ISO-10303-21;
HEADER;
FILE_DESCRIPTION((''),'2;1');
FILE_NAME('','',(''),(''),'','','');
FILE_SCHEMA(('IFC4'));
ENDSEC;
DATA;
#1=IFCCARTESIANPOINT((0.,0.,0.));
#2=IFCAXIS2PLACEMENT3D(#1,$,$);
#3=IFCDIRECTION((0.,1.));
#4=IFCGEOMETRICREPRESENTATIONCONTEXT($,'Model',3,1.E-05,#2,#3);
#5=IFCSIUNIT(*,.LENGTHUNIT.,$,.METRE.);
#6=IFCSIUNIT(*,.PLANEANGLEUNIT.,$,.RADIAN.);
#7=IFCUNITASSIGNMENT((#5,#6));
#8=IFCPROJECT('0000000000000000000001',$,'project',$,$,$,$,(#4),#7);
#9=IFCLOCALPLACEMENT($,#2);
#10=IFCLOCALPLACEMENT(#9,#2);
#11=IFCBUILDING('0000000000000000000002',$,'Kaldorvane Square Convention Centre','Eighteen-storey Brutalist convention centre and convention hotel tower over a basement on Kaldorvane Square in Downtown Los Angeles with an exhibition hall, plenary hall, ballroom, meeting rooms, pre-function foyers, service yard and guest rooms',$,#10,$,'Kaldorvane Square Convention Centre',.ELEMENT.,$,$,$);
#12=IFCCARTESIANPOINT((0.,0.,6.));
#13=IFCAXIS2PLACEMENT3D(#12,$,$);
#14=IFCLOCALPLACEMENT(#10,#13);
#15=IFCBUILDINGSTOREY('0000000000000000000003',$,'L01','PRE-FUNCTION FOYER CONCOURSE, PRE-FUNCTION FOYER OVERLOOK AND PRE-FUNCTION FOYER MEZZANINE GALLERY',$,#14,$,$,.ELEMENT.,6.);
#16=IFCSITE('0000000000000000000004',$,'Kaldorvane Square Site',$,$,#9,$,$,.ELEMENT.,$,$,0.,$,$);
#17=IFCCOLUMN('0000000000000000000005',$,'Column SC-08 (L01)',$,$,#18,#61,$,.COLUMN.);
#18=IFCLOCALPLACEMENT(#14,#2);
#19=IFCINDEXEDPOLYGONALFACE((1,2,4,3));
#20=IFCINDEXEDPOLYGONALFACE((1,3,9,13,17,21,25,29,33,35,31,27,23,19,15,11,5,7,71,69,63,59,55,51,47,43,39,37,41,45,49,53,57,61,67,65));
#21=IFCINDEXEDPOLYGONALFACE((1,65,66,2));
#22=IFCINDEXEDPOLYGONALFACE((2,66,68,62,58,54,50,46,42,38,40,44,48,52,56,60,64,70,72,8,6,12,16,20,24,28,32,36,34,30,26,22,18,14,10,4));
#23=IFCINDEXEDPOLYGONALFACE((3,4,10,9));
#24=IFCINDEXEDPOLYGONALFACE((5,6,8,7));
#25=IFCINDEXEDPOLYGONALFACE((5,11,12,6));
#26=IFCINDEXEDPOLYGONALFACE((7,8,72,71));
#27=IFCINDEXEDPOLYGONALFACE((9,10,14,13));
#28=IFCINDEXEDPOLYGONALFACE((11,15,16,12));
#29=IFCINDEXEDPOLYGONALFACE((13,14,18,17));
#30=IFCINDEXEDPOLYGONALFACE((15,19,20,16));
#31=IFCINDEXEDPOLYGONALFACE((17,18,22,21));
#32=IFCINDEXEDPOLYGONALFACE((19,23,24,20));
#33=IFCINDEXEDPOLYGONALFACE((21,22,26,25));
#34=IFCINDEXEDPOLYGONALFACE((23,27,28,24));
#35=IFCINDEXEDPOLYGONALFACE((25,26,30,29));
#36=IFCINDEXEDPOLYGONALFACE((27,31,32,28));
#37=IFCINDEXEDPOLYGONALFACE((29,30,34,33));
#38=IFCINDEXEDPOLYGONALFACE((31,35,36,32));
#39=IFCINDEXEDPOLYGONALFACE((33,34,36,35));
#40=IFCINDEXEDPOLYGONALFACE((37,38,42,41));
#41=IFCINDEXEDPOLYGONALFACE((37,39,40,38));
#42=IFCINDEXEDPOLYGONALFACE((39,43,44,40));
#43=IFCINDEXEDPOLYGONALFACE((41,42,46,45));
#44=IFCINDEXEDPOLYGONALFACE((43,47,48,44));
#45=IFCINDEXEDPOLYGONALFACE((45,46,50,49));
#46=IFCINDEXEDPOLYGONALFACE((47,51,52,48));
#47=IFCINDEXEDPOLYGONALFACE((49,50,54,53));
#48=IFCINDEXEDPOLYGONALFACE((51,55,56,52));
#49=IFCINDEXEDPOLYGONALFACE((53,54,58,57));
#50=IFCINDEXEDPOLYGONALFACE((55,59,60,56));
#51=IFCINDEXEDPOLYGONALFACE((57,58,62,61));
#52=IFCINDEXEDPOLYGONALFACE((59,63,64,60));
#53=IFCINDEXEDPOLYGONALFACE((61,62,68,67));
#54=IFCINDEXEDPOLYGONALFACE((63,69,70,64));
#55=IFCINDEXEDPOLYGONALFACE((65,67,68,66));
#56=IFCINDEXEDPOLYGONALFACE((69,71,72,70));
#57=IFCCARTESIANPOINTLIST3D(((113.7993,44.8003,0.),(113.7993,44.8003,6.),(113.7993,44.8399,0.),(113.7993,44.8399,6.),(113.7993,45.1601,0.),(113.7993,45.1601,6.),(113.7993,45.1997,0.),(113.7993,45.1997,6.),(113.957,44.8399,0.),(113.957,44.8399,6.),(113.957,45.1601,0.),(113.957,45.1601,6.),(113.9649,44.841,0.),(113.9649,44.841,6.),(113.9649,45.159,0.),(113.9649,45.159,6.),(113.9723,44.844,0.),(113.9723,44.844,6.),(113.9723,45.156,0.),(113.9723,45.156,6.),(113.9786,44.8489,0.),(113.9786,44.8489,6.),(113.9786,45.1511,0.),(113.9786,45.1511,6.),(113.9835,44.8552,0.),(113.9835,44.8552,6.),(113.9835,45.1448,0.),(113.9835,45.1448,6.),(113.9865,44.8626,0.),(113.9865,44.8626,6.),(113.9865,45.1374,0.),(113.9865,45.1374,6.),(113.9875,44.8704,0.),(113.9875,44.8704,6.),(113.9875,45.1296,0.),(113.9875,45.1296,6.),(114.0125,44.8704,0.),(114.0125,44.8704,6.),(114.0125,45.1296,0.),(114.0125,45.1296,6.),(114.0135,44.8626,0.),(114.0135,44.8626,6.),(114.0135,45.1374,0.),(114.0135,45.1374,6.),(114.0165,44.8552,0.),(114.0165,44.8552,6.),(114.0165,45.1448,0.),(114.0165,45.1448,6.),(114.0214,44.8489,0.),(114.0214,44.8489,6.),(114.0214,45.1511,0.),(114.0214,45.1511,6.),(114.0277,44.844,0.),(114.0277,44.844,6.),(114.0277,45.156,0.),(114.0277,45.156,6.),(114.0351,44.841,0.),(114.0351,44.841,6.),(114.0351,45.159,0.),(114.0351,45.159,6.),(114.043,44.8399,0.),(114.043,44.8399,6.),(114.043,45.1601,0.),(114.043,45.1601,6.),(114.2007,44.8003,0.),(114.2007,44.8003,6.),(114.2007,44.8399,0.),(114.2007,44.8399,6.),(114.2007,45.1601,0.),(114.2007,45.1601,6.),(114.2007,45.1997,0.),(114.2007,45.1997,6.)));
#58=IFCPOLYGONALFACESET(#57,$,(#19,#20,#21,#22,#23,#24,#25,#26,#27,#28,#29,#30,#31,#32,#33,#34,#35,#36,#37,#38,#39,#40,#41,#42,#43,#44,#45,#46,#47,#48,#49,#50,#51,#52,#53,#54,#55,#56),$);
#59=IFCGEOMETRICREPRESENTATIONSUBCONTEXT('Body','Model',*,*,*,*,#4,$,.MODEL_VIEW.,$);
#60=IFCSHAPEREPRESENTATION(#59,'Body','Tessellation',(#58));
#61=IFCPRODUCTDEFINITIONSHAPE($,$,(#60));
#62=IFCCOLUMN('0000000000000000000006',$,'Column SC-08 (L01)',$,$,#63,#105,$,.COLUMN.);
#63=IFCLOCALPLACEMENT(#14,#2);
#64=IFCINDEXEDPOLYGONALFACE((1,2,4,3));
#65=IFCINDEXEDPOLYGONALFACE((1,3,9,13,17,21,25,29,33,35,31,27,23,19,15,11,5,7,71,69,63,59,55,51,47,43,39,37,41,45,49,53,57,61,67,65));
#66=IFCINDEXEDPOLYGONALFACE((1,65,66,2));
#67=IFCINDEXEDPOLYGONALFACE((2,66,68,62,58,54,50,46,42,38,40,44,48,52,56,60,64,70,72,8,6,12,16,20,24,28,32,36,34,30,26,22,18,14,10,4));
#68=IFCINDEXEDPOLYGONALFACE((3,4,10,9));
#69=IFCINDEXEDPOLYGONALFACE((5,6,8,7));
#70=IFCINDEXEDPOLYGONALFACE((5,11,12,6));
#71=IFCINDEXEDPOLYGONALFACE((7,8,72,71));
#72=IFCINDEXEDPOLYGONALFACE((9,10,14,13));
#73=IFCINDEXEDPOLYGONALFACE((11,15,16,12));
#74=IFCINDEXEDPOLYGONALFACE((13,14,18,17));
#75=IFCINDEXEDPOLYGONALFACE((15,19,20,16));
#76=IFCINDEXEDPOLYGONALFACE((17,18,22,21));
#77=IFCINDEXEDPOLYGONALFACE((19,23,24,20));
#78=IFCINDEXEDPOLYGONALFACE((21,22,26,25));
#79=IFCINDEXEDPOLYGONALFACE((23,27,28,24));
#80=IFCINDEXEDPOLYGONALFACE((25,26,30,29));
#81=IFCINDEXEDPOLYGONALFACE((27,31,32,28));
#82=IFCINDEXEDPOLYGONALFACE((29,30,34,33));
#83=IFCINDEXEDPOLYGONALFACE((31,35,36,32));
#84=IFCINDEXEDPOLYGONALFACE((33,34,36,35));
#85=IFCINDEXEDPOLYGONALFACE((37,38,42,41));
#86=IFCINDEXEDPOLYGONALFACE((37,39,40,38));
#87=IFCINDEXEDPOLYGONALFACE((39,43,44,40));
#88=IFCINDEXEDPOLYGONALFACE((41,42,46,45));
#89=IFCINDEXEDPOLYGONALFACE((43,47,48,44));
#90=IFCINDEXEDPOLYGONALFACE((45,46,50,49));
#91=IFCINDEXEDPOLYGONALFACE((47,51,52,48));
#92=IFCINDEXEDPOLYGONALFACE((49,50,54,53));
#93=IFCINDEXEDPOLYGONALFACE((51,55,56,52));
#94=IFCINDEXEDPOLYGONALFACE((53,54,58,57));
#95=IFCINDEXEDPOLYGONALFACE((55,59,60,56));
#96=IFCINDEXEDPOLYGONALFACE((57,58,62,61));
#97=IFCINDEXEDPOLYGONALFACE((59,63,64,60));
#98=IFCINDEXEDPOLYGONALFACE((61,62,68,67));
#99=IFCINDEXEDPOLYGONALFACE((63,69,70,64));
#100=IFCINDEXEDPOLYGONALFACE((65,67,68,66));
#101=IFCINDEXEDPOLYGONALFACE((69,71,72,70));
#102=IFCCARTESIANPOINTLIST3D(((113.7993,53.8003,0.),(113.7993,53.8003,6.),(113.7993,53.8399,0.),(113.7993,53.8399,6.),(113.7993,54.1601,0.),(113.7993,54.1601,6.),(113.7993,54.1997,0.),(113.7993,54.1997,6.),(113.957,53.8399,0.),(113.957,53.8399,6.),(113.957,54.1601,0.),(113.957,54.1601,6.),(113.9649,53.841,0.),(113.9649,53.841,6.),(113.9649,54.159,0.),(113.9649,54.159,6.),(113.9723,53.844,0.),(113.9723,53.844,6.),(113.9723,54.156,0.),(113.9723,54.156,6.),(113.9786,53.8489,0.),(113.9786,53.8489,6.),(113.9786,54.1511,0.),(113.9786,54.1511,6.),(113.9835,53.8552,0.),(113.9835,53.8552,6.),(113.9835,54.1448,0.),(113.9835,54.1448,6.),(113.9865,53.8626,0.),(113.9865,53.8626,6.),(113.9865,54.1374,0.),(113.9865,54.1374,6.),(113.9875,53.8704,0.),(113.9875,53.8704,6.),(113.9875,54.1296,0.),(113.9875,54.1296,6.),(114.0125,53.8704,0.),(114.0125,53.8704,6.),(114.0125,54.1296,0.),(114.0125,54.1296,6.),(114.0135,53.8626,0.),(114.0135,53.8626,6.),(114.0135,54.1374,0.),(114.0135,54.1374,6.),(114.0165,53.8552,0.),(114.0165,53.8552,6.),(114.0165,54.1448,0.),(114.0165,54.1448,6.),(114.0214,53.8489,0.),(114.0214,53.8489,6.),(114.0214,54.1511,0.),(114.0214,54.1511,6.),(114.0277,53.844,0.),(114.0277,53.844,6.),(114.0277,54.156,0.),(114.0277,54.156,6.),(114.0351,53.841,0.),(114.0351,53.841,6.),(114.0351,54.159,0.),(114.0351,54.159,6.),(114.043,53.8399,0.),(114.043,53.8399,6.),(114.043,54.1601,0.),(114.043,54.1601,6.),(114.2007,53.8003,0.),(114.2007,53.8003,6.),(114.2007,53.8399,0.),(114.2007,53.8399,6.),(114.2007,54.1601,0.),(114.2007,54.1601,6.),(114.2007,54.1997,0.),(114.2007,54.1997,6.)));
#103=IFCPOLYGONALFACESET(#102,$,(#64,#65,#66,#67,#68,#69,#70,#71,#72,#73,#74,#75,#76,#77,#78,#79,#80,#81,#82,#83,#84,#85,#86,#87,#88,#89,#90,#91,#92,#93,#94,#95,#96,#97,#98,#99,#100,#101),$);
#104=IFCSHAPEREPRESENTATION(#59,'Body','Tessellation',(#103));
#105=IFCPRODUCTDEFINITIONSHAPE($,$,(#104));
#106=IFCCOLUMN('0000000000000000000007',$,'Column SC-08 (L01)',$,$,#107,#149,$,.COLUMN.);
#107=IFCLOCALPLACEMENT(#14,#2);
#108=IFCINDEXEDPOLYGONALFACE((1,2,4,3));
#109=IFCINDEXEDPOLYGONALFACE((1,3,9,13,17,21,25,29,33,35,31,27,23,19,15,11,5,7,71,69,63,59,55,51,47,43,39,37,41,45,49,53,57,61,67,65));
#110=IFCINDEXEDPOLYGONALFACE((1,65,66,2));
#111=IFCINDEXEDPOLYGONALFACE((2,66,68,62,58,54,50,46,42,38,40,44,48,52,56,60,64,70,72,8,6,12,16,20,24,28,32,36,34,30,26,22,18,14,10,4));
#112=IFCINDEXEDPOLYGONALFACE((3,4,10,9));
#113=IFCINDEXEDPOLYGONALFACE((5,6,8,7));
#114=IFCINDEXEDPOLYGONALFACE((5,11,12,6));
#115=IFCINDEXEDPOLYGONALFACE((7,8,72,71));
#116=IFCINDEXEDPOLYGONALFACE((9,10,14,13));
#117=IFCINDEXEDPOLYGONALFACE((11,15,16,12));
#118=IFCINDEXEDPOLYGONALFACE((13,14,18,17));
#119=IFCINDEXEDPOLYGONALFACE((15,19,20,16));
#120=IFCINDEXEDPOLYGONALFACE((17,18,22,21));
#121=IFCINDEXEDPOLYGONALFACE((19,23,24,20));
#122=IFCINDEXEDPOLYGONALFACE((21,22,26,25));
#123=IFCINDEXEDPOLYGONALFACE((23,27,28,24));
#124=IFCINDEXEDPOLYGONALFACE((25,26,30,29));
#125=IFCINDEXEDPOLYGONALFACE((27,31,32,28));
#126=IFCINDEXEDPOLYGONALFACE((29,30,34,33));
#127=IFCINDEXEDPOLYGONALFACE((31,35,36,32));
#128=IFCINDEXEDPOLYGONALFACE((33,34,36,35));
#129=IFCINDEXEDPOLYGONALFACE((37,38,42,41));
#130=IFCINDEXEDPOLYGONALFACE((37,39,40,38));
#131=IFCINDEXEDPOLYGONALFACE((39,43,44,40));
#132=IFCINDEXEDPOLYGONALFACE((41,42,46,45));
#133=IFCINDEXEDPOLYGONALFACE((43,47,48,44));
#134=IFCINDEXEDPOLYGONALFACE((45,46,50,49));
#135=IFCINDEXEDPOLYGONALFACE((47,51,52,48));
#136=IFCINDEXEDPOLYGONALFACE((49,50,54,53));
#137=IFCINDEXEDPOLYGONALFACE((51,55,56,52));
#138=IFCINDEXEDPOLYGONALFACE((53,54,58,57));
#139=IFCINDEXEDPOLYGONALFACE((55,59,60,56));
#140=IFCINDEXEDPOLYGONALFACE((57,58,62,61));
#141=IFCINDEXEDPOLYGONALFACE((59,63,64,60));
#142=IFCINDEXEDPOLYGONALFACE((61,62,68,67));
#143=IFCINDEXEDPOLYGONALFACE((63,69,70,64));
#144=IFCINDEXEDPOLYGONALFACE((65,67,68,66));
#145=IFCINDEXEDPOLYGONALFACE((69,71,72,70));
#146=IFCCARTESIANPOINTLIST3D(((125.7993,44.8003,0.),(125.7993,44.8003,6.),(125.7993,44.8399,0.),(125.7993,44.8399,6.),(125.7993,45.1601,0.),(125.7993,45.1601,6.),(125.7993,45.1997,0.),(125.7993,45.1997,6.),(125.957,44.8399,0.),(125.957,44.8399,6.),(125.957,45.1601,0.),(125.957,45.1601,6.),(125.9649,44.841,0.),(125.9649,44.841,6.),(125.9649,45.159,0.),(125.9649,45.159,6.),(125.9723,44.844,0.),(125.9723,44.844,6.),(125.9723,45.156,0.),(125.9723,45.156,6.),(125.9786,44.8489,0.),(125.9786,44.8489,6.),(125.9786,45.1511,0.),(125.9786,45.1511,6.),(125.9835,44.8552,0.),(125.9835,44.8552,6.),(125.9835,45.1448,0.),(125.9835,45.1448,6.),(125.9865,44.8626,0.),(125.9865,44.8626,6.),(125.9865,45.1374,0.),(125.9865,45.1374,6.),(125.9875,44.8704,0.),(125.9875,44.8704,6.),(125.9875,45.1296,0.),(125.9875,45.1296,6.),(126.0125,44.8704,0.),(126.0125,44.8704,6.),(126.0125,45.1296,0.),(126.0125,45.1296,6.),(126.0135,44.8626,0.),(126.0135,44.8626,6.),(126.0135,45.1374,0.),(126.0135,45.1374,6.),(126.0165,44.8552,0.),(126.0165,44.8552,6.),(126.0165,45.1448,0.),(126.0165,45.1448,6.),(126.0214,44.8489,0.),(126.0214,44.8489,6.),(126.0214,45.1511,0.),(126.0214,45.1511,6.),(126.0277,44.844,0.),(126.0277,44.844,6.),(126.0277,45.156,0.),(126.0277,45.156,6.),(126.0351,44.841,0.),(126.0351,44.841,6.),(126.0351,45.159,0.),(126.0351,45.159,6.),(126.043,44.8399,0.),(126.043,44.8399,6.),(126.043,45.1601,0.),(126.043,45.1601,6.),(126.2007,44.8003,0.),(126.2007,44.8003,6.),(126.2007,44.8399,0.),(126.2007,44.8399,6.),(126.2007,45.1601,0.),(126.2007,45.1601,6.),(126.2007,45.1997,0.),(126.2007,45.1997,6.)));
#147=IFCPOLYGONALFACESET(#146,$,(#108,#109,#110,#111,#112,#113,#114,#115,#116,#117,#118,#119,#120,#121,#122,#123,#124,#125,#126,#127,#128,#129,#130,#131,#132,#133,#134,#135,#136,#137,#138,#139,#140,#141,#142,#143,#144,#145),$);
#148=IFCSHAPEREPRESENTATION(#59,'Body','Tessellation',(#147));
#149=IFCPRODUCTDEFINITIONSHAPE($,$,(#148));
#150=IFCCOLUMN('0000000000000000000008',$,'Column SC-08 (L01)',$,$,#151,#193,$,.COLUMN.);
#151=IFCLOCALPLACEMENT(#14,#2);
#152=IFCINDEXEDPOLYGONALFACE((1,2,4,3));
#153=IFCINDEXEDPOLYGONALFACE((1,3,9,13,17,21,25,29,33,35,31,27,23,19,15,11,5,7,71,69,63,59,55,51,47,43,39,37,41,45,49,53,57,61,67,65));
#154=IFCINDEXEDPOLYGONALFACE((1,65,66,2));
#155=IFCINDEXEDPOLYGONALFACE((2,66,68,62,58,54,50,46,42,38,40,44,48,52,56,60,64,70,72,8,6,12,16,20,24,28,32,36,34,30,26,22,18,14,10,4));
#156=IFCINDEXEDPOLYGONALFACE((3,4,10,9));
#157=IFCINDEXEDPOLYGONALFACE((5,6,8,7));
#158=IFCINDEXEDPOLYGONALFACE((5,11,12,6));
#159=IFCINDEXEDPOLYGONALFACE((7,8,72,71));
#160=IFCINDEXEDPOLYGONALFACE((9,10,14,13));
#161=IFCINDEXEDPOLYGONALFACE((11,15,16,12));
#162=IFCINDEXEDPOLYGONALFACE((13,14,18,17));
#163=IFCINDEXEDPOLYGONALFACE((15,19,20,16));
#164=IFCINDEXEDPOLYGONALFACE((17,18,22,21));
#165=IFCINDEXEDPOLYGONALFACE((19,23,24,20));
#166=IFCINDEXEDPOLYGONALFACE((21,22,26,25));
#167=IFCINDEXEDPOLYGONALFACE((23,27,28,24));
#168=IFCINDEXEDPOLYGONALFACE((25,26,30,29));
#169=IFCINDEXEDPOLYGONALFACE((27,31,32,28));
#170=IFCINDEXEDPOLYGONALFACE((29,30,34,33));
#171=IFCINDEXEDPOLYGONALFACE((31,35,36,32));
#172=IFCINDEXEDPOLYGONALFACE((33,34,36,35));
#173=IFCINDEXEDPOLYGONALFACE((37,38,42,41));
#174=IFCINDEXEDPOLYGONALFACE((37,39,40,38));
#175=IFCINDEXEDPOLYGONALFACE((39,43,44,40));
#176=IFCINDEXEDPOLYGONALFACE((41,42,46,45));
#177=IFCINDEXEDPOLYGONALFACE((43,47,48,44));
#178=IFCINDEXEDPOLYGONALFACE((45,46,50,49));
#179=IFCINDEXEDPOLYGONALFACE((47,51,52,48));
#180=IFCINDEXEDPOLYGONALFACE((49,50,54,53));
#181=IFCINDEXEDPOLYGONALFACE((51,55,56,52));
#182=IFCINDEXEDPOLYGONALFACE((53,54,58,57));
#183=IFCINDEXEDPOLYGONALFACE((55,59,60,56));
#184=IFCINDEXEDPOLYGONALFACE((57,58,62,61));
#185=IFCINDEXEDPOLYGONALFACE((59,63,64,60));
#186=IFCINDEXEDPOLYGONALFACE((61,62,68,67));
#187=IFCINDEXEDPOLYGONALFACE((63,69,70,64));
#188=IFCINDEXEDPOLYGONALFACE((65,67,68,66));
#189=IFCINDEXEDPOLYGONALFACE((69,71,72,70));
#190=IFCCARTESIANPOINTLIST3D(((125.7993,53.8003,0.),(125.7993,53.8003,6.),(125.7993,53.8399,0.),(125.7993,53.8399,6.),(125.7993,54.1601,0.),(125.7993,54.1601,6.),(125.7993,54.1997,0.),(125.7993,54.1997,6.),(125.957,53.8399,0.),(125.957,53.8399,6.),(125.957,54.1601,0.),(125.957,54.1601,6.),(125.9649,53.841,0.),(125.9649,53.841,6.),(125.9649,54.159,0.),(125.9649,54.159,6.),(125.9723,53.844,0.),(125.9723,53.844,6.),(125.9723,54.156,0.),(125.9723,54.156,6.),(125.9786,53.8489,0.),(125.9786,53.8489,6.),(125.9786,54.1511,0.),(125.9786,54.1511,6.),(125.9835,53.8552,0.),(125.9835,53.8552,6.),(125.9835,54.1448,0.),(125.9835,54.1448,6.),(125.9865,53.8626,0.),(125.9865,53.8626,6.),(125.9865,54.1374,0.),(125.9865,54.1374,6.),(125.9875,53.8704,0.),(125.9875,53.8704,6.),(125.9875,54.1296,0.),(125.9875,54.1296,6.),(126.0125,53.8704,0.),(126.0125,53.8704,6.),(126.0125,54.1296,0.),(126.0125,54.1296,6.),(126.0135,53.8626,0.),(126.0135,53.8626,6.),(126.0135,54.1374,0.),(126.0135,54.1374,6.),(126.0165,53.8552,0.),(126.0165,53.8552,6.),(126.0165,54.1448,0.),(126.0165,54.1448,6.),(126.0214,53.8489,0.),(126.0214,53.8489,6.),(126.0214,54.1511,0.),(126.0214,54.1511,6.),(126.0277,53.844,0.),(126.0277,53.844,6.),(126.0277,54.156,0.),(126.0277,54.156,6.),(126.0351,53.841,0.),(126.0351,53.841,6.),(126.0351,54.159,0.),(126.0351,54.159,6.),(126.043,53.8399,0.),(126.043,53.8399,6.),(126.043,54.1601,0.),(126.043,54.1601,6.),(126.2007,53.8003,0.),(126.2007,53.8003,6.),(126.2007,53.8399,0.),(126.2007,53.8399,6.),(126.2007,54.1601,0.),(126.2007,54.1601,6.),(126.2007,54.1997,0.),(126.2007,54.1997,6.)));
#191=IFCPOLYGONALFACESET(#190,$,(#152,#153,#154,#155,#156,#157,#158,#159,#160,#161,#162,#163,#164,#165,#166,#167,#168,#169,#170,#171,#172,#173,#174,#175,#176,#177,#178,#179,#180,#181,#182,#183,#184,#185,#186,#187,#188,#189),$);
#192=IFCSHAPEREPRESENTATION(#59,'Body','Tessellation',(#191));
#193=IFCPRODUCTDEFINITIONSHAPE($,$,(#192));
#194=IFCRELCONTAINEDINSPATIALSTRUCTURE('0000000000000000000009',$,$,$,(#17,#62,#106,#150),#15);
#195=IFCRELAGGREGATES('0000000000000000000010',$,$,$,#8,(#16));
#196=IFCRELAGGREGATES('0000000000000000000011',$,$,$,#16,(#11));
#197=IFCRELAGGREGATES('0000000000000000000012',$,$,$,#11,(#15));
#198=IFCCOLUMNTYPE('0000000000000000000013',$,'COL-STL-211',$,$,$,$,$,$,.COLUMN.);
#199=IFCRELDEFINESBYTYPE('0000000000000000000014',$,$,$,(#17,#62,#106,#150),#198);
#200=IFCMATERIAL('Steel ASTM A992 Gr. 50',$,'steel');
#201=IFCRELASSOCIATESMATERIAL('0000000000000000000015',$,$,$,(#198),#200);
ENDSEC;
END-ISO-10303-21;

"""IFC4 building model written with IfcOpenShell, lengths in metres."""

from ifc_helpers import new_model, si_unit, direction, frame, origin, origin_2d, place, context, subcontext, project, spatial, i_section, extrude, material, material_profile, profile_set, type_object, element, save


model = new_model("IFC4")

# Units and contexts
model_context = context("Model", 3, precision=1e-05, world=origin(), true_north=direction((0.0, 1.0)))
body_context = subcontext(model_context, "Body", "Model", "MODEL_VIEW")
ifc_project = project(units=[si_unit("LENGTHUNIT", "METRE"), si_unit("PLANEANGLEUNIT", "RADIAN")], contexts=[model_context])

# Site, building, storey
site_placement = place(None, origin())
site = spatial("IfcSite", under=ifc_project, at=site_placement, Name="Kaldorvane Square Site", CompositionType="ELEMENT", RefElevation=0.0)
building_placement = place(site_placement, origin())
building = spatial("IfcBuilding", under=site, at=building_placement, Name="Kaldorvane Square Convention Centre", Description="Eighteen-storey Brutalist convention centre and convention hotel tower over a basement on Kaldorvane Square in Downtown Los Angeles with an exhibition hall, plenary hall, ballroom, meeting rooms, pre-function foyers, service yard and guest rooms", LongName="Kaldorvane Square Convention Centre", CompositionType="ELEMENT")
storey_placement = place(building_placement, frame((0.0, 0.0, 6.0)))
storey = spatial("IfcBuildingStorey", under=building, at=storey_placement, Name="L01", Description="PRE-FUNCTION FOYER CONCOURSE, PRE-FUNCTION FOYER OVERLOOK AND PRE-FUNCTION FOYER MEZZANINE GALLERY", CompositionType="ELEMENT", Elevation=6.0)

# Columns
ifc_material_1 = material(Name="Steel ASTM A992 Gr. 50", Category="steel")
ifc_material_profile_1 = material_profile(ifc_material_1, i_section(OverallWidth=0.4013, OverallDepth=0.3993, WebThickness=0.0249, FlangeThickness=0.0396, FilletRadius=0.0305, at=origin_2d()), Name="W14X211")
ifc_profile_set_1 = profile_set([ifc_material_profile_1], Name="Steel ASTM A992 Gr. 50")
column_type = type_object("IfcColumnType", Name="COL-STL-211", PredefinedType="COLUMN", material=ifc_profile_set_1)
for number, where, z_axis, x_axis, name in (
    (1, (114.0, 45.0, 0.0), (0.0, 0.0, 1.0), (1.0, 0.0, 0.0), "Column SC-08 (L01)"),
    (2, (114.0, 54.0, 0.0), (0.0, 0.0, 1.0), (1.0, 0.0, 0.0), "Column SC-08 (L01)"),
    (3, (126.0, 45.0, 0.0), (0.0, 0.0, 1.0), (1.0, 0.0, 0.0), "Column SC-08 (L01)"),
    (4, (126.0, 54.0, 0.0), (0.0, 0.0, 1.0), (1.0, 0.0, 0.0), "Column SC-08 (L01)"),
):
    element("IfcColumn", number, at=place(storey_placement, frame(where, z_axis=z_axis, x_axis=x_axis)), inside=storey, type_object=column_type, Name=name, PredefinedType="COLUMN", context=body_context, shape_type="SweptSolid", body=[
        extrude(i_section(OverallWidth=0.4013, OverallDepth=0.3993, WebThickness=0.0249, FlangeThickness=0.0396, FilletRadius=0.0305, at=origin_2d()), origin(), (0.0, 0.0, 1.0), 6.0),
    ])

save(model, "model.ifc")
